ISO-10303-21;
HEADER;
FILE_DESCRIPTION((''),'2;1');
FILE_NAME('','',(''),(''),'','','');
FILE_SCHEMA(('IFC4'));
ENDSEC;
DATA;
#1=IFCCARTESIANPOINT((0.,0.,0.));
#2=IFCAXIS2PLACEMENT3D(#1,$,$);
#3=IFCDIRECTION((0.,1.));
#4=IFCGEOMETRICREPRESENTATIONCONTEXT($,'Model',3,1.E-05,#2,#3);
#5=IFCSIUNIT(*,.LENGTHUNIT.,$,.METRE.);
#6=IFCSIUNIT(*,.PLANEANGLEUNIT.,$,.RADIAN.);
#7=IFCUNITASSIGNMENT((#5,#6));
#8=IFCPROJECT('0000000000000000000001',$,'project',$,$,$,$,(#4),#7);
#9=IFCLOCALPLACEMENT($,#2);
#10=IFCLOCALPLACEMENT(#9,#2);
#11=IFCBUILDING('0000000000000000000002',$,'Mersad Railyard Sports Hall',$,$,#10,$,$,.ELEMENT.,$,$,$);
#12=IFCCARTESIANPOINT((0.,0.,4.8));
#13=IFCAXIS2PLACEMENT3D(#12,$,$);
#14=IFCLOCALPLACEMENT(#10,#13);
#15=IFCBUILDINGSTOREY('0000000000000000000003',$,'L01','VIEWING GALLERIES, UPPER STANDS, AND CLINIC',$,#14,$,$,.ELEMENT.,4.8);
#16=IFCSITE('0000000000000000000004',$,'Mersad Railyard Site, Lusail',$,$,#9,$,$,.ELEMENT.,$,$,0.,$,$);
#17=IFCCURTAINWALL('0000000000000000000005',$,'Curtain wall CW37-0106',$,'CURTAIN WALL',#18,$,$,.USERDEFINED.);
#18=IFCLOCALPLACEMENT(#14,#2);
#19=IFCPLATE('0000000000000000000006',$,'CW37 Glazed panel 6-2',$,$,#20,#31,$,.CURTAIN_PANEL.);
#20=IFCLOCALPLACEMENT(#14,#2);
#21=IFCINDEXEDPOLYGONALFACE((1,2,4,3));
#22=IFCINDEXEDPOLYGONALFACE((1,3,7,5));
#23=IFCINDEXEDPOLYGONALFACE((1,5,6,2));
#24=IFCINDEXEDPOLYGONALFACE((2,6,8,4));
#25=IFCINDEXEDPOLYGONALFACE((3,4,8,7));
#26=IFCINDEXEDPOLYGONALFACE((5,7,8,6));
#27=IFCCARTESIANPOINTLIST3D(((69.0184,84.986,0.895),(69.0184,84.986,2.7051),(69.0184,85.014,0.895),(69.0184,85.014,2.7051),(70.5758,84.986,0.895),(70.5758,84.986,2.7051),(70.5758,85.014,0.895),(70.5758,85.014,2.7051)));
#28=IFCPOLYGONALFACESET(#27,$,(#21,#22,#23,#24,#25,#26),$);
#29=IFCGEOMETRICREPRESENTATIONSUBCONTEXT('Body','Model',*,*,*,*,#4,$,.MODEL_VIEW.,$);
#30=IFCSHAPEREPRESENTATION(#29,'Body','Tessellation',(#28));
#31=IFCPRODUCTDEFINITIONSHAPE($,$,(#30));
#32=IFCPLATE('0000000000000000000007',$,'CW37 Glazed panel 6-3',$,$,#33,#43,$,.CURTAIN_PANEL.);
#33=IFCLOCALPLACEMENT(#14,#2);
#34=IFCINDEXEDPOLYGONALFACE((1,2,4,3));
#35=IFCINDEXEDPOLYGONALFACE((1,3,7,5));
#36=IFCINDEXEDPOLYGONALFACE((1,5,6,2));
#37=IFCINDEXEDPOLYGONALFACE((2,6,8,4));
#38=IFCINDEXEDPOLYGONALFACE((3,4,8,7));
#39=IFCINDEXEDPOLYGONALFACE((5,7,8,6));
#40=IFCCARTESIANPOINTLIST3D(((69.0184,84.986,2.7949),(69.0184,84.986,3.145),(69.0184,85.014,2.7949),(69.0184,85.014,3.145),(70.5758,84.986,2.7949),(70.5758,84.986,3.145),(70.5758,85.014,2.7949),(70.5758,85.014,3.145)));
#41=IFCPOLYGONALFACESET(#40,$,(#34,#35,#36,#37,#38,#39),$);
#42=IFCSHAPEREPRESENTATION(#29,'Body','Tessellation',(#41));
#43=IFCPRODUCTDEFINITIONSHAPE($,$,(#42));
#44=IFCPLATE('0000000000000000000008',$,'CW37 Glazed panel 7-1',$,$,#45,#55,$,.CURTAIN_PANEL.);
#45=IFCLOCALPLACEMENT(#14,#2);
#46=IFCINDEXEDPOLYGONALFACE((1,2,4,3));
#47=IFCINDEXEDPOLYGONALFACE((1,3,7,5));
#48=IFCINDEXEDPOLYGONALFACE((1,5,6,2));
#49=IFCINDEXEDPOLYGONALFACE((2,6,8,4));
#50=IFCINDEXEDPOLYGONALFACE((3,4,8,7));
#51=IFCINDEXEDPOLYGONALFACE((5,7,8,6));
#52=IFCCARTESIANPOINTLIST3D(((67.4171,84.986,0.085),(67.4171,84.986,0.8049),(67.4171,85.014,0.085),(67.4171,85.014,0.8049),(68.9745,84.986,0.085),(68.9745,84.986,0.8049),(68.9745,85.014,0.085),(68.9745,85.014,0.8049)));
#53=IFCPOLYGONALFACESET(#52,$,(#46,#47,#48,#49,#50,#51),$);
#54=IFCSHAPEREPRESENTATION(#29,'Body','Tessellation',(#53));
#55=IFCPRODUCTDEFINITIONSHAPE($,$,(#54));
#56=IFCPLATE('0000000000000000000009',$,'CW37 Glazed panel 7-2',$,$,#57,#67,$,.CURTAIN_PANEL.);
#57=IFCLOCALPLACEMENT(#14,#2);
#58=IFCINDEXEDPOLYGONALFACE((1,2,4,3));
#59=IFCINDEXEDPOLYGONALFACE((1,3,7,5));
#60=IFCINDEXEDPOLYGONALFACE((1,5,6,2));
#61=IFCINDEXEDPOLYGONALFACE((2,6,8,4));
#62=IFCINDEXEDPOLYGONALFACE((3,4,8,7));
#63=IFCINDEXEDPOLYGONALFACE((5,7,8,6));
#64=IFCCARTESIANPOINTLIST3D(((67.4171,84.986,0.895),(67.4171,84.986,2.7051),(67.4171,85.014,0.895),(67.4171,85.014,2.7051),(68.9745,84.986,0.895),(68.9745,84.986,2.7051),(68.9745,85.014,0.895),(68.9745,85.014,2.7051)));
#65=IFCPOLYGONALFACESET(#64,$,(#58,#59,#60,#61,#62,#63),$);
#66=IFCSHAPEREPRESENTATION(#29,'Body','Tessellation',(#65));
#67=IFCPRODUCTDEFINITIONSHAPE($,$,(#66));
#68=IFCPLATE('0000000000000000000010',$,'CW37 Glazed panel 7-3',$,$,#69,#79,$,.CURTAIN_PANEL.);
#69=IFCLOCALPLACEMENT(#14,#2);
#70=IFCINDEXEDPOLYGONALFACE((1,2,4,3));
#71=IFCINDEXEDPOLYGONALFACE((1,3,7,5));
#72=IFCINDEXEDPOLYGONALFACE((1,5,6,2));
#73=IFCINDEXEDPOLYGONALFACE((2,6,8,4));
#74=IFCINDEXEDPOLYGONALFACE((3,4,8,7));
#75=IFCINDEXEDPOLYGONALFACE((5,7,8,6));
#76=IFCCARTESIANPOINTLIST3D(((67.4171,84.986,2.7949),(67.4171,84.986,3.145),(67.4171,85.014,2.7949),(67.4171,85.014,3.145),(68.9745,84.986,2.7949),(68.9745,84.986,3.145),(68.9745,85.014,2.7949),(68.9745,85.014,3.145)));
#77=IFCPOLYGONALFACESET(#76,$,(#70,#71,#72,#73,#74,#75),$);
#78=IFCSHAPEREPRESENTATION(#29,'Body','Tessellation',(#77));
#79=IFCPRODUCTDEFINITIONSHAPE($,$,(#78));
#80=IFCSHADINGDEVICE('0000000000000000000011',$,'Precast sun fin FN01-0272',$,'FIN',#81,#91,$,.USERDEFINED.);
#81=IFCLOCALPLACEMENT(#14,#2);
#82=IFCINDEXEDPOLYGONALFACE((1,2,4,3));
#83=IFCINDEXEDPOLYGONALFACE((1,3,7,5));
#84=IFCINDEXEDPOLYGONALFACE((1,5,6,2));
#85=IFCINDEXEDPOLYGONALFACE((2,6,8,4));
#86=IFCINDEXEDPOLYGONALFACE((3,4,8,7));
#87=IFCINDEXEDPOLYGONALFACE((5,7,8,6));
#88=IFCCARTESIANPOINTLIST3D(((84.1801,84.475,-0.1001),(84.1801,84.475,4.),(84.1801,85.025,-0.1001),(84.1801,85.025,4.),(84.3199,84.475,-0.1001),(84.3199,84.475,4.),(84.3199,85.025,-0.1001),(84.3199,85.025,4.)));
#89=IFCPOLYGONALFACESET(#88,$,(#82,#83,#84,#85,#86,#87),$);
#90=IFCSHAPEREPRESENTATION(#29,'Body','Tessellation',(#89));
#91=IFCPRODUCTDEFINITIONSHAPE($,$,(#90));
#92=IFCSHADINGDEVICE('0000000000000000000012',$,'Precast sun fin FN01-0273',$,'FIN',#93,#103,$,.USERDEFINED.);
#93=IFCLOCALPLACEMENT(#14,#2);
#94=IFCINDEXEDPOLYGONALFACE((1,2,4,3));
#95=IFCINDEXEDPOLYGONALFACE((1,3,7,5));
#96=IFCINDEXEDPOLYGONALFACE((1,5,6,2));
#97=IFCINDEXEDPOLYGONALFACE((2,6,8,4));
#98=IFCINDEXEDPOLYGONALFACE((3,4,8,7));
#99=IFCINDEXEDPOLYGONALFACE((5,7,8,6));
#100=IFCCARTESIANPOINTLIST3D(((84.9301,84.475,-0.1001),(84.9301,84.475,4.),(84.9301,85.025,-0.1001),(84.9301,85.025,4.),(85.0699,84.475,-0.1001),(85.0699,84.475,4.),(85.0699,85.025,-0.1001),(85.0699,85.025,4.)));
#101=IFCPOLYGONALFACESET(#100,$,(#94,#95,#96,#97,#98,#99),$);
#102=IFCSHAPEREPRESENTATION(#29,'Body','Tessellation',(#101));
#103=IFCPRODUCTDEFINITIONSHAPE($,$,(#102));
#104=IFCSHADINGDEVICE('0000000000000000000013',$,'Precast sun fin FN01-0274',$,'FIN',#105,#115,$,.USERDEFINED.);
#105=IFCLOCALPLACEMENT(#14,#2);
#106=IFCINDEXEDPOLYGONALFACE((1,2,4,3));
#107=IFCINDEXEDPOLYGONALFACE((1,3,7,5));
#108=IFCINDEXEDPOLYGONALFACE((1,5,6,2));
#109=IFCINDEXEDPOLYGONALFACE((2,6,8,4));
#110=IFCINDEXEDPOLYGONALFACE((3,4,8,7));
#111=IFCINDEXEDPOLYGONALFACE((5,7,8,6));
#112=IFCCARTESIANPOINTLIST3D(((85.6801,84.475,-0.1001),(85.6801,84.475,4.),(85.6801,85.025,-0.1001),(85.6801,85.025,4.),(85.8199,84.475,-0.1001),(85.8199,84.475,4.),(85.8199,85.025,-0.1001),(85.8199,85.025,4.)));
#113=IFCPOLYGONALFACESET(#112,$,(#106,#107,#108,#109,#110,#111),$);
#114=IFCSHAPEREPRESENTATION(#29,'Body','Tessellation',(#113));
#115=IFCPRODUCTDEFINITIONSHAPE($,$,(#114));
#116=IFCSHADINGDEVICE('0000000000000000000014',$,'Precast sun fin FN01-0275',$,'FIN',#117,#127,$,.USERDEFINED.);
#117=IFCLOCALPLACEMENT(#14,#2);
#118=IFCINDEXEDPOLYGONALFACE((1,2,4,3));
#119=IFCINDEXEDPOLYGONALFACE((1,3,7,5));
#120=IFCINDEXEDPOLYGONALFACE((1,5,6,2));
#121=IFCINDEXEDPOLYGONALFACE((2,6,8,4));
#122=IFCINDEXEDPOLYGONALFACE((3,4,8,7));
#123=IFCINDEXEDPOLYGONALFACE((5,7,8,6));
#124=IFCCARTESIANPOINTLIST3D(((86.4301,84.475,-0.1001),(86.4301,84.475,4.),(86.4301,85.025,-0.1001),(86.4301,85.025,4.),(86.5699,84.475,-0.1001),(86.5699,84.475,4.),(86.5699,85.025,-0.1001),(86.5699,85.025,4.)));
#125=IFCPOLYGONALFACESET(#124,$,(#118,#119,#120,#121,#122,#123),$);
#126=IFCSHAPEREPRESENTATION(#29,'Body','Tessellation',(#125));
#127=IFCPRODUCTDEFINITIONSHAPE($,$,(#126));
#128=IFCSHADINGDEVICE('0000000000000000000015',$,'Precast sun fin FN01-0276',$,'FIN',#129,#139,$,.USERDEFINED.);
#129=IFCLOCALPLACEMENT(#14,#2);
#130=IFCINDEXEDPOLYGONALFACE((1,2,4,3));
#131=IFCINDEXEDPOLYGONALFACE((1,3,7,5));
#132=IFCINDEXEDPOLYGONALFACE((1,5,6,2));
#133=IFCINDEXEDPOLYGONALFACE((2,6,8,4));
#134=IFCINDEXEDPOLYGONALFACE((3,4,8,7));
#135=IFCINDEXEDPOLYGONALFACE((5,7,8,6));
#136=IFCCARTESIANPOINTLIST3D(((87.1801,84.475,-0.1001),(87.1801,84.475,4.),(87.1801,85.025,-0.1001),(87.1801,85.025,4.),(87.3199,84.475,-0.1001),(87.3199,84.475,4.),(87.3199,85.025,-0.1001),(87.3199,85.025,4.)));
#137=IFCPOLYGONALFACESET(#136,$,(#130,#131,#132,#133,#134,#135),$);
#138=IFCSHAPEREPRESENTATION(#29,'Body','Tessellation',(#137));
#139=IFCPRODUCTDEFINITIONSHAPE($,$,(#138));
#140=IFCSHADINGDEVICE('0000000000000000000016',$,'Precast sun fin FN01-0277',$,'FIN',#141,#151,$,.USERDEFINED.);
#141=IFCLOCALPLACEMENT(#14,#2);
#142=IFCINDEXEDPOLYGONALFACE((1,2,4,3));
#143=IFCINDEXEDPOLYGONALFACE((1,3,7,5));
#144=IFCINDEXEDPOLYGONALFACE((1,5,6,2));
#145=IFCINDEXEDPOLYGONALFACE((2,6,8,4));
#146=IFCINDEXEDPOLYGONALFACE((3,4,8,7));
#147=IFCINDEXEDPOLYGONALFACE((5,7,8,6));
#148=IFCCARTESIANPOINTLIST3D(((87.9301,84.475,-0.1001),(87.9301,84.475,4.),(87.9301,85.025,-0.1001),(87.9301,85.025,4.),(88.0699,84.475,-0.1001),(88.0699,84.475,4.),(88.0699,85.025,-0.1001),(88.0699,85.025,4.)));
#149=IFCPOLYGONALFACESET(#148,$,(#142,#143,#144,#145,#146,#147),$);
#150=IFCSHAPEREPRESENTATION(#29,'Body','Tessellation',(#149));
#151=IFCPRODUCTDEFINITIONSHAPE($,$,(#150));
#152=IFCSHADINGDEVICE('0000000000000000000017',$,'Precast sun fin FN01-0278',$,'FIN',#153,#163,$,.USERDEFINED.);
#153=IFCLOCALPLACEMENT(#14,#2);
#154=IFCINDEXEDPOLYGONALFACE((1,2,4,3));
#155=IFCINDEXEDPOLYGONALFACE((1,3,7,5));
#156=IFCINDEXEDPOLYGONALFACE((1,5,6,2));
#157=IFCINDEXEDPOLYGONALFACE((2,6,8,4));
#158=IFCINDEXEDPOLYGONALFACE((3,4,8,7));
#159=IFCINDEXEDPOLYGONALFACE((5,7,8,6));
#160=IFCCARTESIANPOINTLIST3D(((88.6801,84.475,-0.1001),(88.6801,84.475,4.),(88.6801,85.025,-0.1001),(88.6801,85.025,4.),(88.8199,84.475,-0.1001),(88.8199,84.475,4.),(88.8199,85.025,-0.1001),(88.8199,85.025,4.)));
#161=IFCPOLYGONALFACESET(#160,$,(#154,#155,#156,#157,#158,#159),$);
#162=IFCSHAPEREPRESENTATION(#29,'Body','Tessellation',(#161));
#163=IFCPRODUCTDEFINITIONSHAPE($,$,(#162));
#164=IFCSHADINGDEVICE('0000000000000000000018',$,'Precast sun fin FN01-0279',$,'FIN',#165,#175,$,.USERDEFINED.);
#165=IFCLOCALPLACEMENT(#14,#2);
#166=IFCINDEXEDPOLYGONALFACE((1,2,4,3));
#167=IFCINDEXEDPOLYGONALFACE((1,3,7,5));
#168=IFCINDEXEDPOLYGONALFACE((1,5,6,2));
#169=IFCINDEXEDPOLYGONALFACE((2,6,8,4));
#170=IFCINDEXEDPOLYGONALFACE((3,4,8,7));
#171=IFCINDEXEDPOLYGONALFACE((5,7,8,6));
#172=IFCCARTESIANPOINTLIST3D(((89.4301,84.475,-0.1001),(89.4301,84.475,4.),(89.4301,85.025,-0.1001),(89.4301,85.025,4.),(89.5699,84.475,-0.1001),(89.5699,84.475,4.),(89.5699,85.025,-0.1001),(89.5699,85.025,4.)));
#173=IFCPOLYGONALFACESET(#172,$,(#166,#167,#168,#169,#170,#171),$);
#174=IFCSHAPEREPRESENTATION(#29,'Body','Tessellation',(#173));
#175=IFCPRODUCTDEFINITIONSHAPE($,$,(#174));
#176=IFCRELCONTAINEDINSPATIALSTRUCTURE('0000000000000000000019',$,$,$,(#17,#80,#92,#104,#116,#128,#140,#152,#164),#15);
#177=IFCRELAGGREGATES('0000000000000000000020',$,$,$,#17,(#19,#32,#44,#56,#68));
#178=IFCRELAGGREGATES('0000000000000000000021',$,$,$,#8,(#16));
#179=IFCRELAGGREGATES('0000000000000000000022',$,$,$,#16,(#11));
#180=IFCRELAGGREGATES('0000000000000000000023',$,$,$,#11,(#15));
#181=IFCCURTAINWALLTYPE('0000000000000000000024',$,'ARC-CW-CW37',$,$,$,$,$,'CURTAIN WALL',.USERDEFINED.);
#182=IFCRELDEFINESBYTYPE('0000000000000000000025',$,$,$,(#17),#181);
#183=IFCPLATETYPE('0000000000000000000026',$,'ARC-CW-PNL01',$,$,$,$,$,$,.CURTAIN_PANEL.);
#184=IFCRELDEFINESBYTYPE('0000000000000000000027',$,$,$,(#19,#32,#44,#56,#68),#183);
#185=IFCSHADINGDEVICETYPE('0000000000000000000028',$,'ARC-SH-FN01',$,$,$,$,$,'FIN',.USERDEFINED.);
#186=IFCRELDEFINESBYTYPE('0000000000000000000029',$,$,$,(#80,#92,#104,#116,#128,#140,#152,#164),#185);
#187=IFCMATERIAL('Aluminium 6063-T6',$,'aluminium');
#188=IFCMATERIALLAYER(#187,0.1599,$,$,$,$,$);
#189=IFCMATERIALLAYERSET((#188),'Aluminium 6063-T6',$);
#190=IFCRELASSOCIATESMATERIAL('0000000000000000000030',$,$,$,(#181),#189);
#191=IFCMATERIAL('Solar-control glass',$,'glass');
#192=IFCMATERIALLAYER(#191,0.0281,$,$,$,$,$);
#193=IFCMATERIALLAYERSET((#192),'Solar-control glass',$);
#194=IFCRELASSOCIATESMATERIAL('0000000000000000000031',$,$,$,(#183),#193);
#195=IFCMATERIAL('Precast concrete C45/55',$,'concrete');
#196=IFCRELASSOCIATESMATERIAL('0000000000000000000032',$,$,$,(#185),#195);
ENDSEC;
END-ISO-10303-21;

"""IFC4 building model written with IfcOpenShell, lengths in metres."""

from ifc_helpers import new_model, si_unit, direction, frame, origin, origin_2d, place, context, subcontext, project, spatial, rectangle, extrude, material, layer, layer_set, type_object, element, aggregate, save


model = new_model("IFC4")

# Units and contexts
model_context = context("Model", 3, precision=1e-05, world=origin(), true_north=direction((0.0, 1.0)))
body_context = subcontext(model_context, "Body", "Model", "MODEL_VIEW")
ifc_project = project(units=[si_unit("LENGTHUNIT", "METRE"), si_unit("PLANEANGLEUNIT", "RADIAN")], contexts=[model_context])

# Site, building, storey
site_placement = place(None, origin())
site = spatial("IfcSite", under=ifc_project, at=site_placement, Name="Mersad Railyard Site, Lusail", CompositionType="ELEMENT", RefElevation=0.0)
building_placement = place(site_placement, origin())
building = spatial("IfcBuilding", under=site, at=building_placement, Name="Mersad Railyard Sports Hall", CompositionType="ELEMENT")
storey_placement = place(building_placement, frame((0.0, 0.0, 4.8)))
storey = spatial("IfcBuildingStorey", under=building, at=storey_placement, Name="L01", Description="VIEWING GALLERIES, UPPER STANDS, AND CLINIC", CompositionType="ELEMENT", Elevation=4.8)

# Shared definitions
ifc_material_1 = material(Name="Aluminium 6063-T6", Category="aluminium")
ifc_layer_1 = layer(ifc_material_1, 0.1599)
ifc_layer_set_1 = layer_set([ifc_layer_1], Name="Aluminium 6063-T6")
curtain_wall_type = type_object("IfcCurtainWallType", Name="ARC-CW-CW37", ElementType="CURTAIN WALL", PredefinedType="USERDEFINED", material=ifc_layer_set_1)

# Curtain wall
curtain_wall_1_placement = place(storey_placement, origin())
curtain_wall_1 = element("IfcCurtainWall", 1, at=curtain_wall_1_placement, inside=storey, type_object=curtain_wall_type, Name="Curtain wall CW37-0106", ObjectType="CURTAIN WALL", PredefinedType="USERDEFINED")

# Plates
ifc_material_2 = material(Name="Solar-control glass", Category="glass")
ifc_layer_2 = layer(ifc_material_2, 0.0281)
ifc_layer_set_2 = layer_set([ifc_layer_2], Name="Solar-control glass")
plate_type = type_object("IfcPlateType", Name="ARC-CW-PNL01", PredefinedType="CURTAIN_PANEL", material=ifc_layer_set_2)
plate_1_placement = place(storey_placement, frame((69.7971, 85.0, 0.895), z_axis=(0.0, 0.0, 1.0), x_axis=(-1.0, 0.0, 0.0)))
plate_1 = element("IfcPlate", 2, at=plate_1_placement, type_object=plate_type, Name="CW37 Glazed panel 6-2", PredefinedType="CURTAIN_PANEL", context=body_context, shape_type="SweptSolid", body=[
    extrude(rectangle(XDim=1.5574, YDim=0.0281, at=origin_2d()), origin(), (0.0, 0.0, 1.0), 1.8101),
])
plate_2_placement = place(storey_placement, frame((69.7971, 85.0, 2.7949), z_axis=(0.0, 0.0, 1.0), x_axis=(-1.0, 0.0, 0.0)))
plate_2 = element("IfcPlate", 3, at=plate_2_placement, type_object=plate_type, Name="CW37 Glazed panel 6-3", PredefinedType="CURTAIN_PANEL", context=body_context, shape_type="SweptSolid", body=[
    extrude(rectangle(XDim=1.5574, YDim=0.0281, at=origin_2d()), origin(), (0.0, 0.0, 1.0), 0.3501),
])
plate_3_placement = place(storey_placement, frame((68.1958, 85.0, 0.085), z_axis=(0.0, 0.0, 1.0), x_axis=(-1.0, 0.0, 0.0)))
plate_3 = element("IfcPlate", 4, at=plate_3_placement, type_object=plate_type, Name="CW37 Glazed panel 7-1", PredefinedType="CURTAIN_PANEL", context=body_context, shape_type="SweptSolid", body=[
    extrude(rectangle(XDim=1.5574, YDim=0.0281, at=origin_2d()), origin(), (0.0, 0.0, 1.0), 0.72),
])
plate_4_placement = place(storey_placement, frame((68.1958, 85.0, 0.895), z_axis=(0.0, 0.0, 1.0), x_axis=(-1.0, 0.0, 0.0)))
plate_4 = element("IfcPlate", 5, at=plate_4_placement, type_object=plate_type, Name="CW37 Glazed panel 7-2", PredefinedType="CURTAIN_PANEL", context=body_context, shape_type="SweptSolid", body=[
    extrude(rectangle(XDim=1.5574, YDim=0.0281, at=origin_2d()), origin(), (0.0, 0.0, 1.0), 1.8101),
])
plate_5_placement = place(storey_placement, frame((68.1958, 85.0, 2.7949), z_axis=(0.0, 0.0, 1.0), x_axis=(-1.0, 0.0, 0.0)))
plate_5 = element("IfcPlate", 6, at=plate_5_placement, type_object=plate_type, Name="CW37 Glazed panel 7-3", PredefinedType="CURTAIN_PANEL", context=body_context, shape_type="SweptSolid", body=[
    extrude(rectangle(XDim=1.5574, YDim=0.0281, at=origin_2d()), origin(), (0.0, 0.0, 1.0), 0.3501),
])
aggregate(curtain_wall_1, [plate_1, plate_2, plate_3, plate_4, plate_5])

# Shading devices
ifc_material_3 = material(Name="Precast concrete C45/55", Category="concrete")
shading_device_type = type_object("IfcShadingDeviceType", Name="ARC-SH-FN01", ElementType="FIN", PredefinedType="USERDEFINED", material=ifc_material_3)
for number, where, z_axis, x_axis, name in (
    (7, (84.25, 84.75, -0.1001), (0.0, 0.0, 1.0), (1.0, 0.0, 0.0), "Precast sun fin FN01-0272"),
    (8, (85.0, 84.75, -0.1001), (0.0, 0.0, 1.0), (1.0, 0.0, 0.0), "Precast sun fin FN01-0273"),
    (9, (85.75, 84.75, -0.1001), (0.0, 0.0, 1.0), (1.0, 0.0, 0.0), "Precast sun fin FN01-0274"),
    (10, (86.5, 84.75, -0.1001), (0.0, 0.0, 1.0), (1.0, 0.0, 0.0), "Precast sun fin FN01-0275"),
    (11, (87.25, 84.75, -0.1001), (0.0, 0.0, 1.0), (1.0, 0.0, 0.0), "Precast sun fin FN01-0276"),
    (12, (88.0, 84.75, -0.1001), (0.0, 0.0, 1.0), (1.0, 0.0, 0.0), "Precast sun fin FN01-0277"),
    (13, (88.75, 84.75, -0.1001), (0.0, 0.0, 1.0), (1.0, 0.0, 0.0), "Precast sun fin FN01-0278"),
    (14, (89.5, 84.75, -0.1001), (0.0, 0.0, 1.0), (1.0, 0.0, 0.0), "Precast sun fin FN01-0279"),
):
    element("IfcShadingDevice", number, at=place(storey_placement, frame(where, z_axis=z_axis, x_axis=x_axis)), inside=storey, type_object=shading_device_type, Name=name, ObjectType="FIN", PredefinedType="USERDEFINED", context=body_context, shape_type="SweptSolid", body=[
        extrude(rectangle(XDim=0.1399, YDim=0.55, at=origin_2d()), origin(), (0.0, 0.0, 1.0), 4.1001),
    ])

save(model, "model.ifc")
